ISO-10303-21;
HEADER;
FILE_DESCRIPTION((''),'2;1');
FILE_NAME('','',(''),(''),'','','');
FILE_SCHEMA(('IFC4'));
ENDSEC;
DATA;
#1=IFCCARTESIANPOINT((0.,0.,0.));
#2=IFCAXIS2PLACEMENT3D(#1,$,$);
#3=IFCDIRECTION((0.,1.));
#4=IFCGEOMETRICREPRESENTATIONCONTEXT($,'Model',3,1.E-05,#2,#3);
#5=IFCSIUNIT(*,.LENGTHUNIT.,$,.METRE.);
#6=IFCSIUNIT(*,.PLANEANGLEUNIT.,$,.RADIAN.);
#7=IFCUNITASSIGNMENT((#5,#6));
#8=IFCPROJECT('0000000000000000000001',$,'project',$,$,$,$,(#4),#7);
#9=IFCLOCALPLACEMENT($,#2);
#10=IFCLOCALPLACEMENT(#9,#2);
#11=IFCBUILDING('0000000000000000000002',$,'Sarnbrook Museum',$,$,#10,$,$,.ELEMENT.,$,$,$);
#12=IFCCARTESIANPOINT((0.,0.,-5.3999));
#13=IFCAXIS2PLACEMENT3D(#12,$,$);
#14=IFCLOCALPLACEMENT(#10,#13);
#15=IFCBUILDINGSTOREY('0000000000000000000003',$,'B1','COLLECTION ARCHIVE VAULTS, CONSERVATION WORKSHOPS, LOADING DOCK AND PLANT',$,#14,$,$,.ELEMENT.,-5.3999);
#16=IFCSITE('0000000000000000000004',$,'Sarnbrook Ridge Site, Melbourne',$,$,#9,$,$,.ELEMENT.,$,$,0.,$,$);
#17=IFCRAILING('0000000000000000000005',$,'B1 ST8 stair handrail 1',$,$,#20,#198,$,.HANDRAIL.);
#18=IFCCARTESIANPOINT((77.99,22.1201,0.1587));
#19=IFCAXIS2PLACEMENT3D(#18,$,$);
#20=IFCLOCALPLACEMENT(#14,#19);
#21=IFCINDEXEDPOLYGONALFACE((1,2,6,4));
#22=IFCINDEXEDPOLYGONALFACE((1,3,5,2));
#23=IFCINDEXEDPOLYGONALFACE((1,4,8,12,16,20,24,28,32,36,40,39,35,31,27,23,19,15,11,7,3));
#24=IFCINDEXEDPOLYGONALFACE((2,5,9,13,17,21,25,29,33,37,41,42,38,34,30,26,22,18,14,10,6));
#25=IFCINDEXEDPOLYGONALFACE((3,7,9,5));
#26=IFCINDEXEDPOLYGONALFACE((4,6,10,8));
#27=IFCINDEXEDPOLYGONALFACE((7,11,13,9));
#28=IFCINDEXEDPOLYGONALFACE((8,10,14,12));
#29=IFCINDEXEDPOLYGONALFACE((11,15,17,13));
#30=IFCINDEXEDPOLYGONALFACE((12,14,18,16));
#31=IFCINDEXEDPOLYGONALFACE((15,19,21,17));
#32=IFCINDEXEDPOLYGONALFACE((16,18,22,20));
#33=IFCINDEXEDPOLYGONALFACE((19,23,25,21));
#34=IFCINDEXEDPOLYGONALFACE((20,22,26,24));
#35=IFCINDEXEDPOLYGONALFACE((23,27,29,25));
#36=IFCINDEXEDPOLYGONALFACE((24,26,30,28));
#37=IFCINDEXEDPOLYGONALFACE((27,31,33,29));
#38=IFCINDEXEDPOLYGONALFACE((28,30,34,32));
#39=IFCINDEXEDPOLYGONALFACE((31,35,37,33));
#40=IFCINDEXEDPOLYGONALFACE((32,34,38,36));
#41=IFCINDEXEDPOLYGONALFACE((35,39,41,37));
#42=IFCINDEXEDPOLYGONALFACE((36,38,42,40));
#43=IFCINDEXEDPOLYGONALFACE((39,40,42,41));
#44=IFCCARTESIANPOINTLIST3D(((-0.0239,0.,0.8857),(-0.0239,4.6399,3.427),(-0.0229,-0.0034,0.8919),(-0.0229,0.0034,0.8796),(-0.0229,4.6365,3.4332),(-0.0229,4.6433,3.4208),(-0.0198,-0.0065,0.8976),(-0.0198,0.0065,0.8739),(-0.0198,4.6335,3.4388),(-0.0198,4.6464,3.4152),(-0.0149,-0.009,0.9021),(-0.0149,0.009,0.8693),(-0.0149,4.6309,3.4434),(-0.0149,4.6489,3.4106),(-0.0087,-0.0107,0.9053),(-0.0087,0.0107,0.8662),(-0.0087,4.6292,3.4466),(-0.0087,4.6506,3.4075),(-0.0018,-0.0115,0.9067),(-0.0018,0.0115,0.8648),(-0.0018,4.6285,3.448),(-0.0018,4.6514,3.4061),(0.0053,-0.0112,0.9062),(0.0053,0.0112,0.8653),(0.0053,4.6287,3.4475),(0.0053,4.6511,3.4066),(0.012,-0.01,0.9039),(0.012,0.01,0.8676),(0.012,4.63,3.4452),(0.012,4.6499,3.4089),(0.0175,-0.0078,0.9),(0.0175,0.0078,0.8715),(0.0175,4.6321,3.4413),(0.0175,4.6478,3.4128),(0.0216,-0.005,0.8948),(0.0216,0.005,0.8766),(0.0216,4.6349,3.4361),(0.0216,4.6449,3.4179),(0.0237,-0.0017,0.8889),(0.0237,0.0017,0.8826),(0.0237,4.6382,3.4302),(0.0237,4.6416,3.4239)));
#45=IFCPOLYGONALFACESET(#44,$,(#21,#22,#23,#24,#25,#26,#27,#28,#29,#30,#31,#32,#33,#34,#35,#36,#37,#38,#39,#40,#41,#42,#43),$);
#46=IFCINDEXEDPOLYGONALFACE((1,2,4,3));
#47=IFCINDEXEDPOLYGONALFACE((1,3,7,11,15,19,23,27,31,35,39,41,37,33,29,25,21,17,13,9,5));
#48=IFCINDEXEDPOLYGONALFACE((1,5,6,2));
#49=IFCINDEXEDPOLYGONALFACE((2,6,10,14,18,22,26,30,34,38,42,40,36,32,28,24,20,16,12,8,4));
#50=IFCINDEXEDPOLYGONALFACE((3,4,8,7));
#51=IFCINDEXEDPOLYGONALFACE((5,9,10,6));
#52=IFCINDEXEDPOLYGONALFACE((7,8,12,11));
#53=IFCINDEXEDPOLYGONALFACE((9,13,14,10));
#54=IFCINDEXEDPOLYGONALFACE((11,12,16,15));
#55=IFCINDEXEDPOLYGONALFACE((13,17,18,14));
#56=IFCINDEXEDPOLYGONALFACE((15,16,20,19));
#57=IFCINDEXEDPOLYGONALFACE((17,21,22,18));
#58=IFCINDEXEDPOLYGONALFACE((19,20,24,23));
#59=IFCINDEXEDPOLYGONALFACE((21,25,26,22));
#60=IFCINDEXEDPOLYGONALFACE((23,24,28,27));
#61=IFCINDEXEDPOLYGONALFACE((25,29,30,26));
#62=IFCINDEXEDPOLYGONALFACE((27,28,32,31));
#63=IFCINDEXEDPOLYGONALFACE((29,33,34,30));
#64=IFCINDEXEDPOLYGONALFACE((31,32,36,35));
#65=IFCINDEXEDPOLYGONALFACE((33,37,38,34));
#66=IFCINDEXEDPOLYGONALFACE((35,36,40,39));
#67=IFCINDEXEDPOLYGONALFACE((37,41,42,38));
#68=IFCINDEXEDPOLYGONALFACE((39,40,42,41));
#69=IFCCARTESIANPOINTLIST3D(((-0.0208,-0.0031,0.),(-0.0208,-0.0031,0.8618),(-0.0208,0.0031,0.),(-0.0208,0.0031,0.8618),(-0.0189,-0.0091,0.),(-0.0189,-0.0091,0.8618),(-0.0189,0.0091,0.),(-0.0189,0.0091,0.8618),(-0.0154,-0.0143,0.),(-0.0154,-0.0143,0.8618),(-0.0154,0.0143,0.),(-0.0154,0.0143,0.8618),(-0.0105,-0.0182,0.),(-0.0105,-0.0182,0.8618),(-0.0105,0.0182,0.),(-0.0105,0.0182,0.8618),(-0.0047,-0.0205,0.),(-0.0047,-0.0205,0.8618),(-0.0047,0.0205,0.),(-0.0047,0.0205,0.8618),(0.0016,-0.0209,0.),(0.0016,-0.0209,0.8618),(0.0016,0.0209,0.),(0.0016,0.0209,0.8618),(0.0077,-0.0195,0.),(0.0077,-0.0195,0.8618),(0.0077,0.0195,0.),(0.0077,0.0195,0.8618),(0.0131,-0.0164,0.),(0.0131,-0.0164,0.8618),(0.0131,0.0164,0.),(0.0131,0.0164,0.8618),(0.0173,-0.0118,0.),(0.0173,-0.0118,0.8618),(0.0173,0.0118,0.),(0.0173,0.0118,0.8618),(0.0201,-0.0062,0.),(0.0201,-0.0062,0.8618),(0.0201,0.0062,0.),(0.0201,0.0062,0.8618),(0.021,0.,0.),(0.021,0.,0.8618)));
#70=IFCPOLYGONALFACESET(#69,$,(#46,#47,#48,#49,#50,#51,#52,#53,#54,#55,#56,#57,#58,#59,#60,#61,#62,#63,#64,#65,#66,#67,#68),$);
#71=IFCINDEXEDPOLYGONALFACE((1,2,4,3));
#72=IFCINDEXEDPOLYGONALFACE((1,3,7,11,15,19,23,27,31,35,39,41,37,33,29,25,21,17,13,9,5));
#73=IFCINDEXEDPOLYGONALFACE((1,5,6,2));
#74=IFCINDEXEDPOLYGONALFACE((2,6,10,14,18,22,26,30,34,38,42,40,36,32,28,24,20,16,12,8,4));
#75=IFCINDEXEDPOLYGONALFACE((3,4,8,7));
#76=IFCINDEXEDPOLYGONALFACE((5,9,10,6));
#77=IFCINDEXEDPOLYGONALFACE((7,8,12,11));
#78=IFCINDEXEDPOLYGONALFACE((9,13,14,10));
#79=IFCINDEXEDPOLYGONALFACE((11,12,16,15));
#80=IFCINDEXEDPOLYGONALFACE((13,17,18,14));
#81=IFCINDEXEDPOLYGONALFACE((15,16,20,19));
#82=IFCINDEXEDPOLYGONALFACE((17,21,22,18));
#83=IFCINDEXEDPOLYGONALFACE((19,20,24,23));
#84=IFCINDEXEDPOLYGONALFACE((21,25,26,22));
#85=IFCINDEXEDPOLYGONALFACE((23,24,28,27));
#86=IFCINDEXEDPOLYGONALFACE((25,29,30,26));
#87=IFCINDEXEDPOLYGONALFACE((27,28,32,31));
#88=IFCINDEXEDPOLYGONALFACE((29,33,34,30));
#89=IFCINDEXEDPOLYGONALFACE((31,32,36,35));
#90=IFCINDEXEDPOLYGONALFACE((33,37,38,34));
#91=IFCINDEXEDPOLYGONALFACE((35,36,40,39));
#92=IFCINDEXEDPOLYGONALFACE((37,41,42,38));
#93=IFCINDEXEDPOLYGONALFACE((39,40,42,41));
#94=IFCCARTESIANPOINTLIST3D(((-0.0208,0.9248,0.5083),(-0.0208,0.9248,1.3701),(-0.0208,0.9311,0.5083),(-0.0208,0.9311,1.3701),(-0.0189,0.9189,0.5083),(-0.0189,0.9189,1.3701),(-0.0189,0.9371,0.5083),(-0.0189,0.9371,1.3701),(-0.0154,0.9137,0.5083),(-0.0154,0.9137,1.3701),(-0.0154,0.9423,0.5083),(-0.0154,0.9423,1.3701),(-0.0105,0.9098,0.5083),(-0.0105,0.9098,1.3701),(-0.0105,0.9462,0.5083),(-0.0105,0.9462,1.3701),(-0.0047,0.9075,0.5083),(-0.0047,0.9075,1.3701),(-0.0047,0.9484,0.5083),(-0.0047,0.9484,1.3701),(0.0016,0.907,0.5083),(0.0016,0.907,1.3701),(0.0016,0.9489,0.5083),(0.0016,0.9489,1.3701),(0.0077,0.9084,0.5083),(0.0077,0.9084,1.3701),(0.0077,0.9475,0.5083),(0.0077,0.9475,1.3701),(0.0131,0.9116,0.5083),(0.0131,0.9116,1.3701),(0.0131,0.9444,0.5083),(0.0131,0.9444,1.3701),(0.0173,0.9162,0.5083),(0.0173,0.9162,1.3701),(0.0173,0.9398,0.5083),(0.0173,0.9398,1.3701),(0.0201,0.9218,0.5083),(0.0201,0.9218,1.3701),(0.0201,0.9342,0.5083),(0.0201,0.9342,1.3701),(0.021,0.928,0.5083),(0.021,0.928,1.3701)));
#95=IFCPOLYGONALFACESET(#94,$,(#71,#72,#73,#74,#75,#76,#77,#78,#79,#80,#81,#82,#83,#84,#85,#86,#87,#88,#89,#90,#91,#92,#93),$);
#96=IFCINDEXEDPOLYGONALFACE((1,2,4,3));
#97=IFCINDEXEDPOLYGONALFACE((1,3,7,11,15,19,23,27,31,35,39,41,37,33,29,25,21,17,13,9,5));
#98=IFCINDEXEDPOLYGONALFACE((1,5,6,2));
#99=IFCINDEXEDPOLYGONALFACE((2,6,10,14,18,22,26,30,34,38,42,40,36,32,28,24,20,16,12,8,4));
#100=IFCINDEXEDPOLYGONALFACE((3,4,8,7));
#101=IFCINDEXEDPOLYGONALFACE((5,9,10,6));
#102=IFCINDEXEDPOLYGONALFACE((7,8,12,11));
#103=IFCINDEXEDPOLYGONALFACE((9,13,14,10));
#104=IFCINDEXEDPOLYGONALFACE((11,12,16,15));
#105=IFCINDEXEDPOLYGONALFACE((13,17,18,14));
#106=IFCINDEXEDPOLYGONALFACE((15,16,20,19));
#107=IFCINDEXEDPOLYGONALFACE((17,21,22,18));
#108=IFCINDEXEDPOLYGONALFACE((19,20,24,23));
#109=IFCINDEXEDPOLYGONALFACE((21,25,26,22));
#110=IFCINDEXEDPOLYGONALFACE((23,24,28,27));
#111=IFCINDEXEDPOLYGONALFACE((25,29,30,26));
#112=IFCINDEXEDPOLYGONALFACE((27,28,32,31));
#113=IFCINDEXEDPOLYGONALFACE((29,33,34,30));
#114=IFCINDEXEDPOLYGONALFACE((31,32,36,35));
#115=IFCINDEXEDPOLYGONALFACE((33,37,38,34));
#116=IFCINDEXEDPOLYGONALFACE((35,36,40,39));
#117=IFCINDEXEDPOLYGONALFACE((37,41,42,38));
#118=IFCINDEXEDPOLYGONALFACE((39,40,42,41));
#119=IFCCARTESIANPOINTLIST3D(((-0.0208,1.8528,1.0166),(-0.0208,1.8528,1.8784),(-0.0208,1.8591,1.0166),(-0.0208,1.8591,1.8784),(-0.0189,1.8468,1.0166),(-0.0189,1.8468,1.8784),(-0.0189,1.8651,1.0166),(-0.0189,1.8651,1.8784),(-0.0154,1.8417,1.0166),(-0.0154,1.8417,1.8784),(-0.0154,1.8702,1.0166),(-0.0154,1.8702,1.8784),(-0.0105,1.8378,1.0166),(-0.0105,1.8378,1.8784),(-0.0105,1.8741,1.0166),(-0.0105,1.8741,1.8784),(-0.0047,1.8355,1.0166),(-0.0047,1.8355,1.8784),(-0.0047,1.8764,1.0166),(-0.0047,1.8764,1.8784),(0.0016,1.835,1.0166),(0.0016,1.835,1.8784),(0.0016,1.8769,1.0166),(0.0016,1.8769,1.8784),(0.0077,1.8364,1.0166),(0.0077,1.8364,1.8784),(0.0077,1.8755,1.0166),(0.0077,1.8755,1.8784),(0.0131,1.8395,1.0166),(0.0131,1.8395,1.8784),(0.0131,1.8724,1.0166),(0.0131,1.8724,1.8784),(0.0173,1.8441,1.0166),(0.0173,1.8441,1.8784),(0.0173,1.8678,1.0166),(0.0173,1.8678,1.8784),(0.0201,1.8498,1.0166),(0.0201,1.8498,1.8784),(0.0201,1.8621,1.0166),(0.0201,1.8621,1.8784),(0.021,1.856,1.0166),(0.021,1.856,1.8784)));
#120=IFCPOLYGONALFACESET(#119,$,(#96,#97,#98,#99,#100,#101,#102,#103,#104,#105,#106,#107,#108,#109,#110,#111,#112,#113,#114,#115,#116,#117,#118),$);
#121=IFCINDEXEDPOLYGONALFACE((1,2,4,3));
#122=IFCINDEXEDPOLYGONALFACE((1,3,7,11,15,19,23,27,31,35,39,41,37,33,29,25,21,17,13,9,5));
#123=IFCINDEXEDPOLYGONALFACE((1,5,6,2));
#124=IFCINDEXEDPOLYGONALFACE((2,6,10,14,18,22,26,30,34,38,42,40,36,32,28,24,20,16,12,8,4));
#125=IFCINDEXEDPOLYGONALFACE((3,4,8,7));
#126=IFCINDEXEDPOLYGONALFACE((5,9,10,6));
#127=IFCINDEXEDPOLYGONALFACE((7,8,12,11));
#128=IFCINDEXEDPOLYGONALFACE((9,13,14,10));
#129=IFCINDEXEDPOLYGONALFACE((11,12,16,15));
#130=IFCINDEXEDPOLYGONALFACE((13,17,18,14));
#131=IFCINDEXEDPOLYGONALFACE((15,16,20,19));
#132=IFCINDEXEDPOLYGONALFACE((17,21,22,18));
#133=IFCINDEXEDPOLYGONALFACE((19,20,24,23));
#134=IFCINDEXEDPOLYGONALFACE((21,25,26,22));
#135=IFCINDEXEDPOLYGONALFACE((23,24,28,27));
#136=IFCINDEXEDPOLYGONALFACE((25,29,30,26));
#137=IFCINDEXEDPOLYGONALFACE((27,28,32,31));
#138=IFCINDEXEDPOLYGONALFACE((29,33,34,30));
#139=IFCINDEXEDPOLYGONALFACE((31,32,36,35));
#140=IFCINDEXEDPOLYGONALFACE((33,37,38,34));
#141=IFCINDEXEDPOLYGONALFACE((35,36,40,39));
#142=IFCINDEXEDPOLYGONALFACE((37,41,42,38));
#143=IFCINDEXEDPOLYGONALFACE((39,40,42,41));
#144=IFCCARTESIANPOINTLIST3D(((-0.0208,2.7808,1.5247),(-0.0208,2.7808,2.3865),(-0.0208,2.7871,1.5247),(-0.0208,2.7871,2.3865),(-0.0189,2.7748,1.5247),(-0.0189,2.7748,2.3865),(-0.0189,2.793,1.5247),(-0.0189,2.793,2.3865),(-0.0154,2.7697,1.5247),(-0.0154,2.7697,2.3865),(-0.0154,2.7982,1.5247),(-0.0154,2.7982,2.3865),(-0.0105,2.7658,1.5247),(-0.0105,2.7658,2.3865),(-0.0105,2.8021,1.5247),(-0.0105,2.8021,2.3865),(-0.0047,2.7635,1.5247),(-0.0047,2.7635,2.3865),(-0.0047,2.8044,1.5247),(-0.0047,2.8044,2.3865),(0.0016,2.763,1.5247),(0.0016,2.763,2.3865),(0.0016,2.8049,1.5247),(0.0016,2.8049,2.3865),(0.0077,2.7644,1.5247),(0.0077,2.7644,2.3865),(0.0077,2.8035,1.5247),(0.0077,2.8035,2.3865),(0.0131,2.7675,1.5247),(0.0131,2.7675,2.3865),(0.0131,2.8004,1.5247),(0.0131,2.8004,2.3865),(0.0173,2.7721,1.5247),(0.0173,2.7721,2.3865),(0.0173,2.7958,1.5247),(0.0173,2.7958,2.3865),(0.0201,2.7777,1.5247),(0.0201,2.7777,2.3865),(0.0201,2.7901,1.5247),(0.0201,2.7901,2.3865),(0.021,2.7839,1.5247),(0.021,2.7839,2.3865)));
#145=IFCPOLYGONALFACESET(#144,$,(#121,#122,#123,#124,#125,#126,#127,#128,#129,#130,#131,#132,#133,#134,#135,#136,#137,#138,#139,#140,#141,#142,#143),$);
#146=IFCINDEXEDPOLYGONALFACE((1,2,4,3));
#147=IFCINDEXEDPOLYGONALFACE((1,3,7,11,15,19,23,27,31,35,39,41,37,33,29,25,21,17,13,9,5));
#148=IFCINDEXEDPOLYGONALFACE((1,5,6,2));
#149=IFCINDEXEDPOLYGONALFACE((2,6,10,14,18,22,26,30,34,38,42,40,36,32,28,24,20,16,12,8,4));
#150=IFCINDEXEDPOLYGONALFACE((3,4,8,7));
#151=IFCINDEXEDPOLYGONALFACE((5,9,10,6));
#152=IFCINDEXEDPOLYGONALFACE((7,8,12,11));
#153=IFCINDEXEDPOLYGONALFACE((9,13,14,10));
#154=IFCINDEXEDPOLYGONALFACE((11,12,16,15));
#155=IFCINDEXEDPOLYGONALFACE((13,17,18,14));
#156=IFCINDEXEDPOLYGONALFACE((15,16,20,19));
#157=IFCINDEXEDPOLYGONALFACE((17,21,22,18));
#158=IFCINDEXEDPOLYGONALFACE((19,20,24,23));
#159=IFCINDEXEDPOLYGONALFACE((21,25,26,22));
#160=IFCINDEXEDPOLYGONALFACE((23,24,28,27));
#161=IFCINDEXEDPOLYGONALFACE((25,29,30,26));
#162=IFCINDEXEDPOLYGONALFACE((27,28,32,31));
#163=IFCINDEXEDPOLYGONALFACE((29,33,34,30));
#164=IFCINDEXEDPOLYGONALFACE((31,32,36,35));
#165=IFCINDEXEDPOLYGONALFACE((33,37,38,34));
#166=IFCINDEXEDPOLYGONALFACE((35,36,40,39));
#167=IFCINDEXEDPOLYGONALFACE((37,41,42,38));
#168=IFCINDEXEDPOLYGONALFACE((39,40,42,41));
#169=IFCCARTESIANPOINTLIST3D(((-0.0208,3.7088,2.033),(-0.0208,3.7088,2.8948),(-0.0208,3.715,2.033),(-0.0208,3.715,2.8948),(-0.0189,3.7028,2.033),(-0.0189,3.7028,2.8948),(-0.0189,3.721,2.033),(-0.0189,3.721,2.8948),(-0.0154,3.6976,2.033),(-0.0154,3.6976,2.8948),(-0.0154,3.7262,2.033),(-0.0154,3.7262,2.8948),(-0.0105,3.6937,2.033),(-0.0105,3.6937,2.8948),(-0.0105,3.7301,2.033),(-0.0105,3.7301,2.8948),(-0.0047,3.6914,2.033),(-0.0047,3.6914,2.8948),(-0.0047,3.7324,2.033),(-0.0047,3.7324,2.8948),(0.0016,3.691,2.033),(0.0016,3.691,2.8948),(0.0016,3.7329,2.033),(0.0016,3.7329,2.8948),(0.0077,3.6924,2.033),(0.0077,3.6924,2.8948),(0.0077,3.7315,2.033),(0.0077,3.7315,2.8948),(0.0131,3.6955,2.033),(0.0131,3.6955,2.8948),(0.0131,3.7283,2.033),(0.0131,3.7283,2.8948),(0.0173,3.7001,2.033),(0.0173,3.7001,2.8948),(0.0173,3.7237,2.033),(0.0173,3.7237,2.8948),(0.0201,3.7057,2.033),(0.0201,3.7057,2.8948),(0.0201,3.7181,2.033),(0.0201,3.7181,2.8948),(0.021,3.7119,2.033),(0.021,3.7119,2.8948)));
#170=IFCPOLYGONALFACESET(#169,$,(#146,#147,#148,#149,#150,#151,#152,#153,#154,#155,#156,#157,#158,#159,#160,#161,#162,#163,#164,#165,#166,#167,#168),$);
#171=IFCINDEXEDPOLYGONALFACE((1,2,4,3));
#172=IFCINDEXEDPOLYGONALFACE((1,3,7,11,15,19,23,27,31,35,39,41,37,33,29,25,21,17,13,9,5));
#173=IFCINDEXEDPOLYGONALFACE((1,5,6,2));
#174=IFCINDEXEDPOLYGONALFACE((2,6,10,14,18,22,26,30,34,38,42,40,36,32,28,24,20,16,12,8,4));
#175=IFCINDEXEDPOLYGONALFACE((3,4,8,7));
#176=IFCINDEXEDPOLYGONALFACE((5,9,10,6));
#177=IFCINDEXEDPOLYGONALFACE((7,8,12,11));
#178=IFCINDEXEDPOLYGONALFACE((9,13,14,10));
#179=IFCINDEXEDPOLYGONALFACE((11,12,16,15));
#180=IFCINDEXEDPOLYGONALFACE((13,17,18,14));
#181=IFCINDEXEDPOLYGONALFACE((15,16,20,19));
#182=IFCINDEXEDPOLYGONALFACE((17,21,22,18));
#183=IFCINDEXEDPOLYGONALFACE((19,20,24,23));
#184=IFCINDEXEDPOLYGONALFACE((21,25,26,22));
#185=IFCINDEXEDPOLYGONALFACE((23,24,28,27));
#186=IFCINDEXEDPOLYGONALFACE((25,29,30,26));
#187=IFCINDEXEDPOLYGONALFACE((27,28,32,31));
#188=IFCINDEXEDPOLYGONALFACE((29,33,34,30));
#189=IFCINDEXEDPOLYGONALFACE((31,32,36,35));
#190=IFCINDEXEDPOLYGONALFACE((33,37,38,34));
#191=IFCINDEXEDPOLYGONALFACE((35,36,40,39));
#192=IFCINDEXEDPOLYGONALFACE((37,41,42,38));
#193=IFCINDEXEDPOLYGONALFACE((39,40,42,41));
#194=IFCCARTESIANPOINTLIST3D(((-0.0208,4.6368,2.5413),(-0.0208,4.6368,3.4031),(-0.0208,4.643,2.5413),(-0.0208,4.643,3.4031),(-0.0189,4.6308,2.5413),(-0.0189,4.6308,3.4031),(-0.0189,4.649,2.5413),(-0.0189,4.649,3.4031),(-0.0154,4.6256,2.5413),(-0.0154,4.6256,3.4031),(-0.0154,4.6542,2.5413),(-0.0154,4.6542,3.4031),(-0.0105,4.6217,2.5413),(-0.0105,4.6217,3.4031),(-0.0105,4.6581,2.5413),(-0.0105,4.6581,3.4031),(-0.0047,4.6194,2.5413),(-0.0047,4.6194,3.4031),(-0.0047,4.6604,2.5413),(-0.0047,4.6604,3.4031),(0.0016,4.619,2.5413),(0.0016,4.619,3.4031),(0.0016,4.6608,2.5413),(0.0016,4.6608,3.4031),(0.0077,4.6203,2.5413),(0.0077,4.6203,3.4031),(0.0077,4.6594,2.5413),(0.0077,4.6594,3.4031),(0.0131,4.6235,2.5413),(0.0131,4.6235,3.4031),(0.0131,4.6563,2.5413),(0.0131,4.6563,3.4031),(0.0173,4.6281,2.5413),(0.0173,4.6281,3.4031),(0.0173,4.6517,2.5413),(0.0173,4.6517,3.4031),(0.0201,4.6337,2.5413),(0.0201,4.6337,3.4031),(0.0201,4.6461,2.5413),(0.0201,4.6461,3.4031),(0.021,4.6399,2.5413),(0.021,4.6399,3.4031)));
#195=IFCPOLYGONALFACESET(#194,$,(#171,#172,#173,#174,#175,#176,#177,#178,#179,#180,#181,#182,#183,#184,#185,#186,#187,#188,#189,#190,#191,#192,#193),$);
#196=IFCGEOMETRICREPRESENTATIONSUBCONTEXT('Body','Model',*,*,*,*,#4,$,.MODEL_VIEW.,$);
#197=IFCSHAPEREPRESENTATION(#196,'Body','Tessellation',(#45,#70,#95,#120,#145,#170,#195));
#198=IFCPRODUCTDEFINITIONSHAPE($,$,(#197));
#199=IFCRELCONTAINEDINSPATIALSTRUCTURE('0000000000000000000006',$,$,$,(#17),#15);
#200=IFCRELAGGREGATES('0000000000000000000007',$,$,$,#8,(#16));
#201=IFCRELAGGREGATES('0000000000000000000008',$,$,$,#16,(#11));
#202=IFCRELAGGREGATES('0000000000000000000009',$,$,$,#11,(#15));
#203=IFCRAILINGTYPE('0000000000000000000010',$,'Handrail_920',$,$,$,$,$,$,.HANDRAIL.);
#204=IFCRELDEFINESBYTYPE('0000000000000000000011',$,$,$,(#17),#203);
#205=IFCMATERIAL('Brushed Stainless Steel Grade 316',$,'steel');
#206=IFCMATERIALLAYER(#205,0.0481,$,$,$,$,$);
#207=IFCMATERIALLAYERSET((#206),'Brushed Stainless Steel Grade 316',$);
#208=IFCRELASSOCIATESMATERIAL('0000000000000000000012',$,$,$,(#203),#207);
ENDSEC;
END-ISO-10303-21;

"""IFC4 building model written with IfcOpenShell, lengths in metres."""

from ifc_helpers import new_model, si_unit, direction, frame, origin, origin_2d, place, context, subcontext, project, spatial, circle, extrude, material, layer, layer_set, type_object, element, save


model = new_model("IFC4")

# Units and contexts
model_context = context("Model", 3, precision=1e-05, world=origin(), true_north=direction((0.0, 1.0)))
body_context = subcontext(model_context, "Body", "Model", "MODEL_VIEW")
ifc_project = project(units=[si_unit("LENGTHUNIT", "METRE"), si_unit("PLANEANGLEUNIT", "RADIAN")], contexts=[model_context])

# Site, building, storey
site_placement = place(None, origin())
site = spatial("IfcSite", under=ifc_project, at=site_placement, Name="Sarnbrook Ridge Site, Melbourne", CompositionType="ELEMENT", RefElevation=0.0)
building_placement = place(site_placement, origin())
building = spatial("IfcBuilding", under=site, at=building_placement, Name="Sarnbrook Museum", CompositionType="ELEMENT")
storey_placement = place(building_placement, frame((0.0, 0.0, -5.3999)))
storey = spatial("IfcBuildingStorey", under=building, at=storey_placement, Name="B1", Description="COLLECTION ARCHIVE VAULTS, CONSERVATION WORKSHOPS, LOADING DOCK AND PLANT", CompositionType="ELEMENT", Elevation=-5.3999)

# Railing
ifc_material_1 = material(Name="Brushed Stainless Steel Grade 316", Category="steel")
ifc_layer_1 = layer(ifc_material_1, 0.0481)
ifc_layer_set_1 = layer_set([ifc_layer_1], Name="Brushed Stainless Steel Grade 316")
railing_type_1 = type_object("IfcRailingType", Name="Handrail_920", PredefinedType="HANDRAIL", material=ifc_layer_set_1)
railing_1_placement = place(storey_placement, frame((77.99, 22.1201, 0.1587)))
element("IfcRailing", 1, at=railing_1_placement, inside=storey, type_object=railing_type_1, Name="B1 ST8 stair handrail 1", PredefinedType="HANDRAIL", context=body_context, shape_type="SweptSolid", body=[
    extrude(circle(Radius=0.0239, at=origin_2d()), frame((0.0, 0.0, 0.8857), z_axis=(0.0, 0.877067, 0.480368), x_axis=(-1.0, 0.0, 0.0)), (0.0, 0.0, 1.0), 5.2903),
    extrude(circle(Radius=0.021, at=origin_2d()), origin(), (0.0, 0.0, 1.0), 0.8618),
    extrude(circle(Radius=0.021, at=origin_2d()), frame((0.0, 0.928, 0.5083)), (0.0, 0.0, 1.0), 0.8618),
    extrude(circle(Radius=0.021, at=origin_2d()), frame((0.0, 1.856, 1.0166)), (0.0, 0.0, 1.0), 0.8618),
    extrude(circle(Radius=0.021, at=origin_2d()), frame((0.0, 2.7839, 1.5247)), (0.0, 0.0, 1.0), 0.8618),
    extrude(circle(Radius=0.021, at=origin_2d()), frame((0.0, 3.7119, 2.033)), (0.0, 0.0, 1.0), 0.8618),
    extrude(circle(Radius=0.021, at=origin_2d()), frame((0.0, 4.6399, 2.5413)), (0.0, 0.0, 1.0), 0.8618),
])

save(model, "model.ifc")
